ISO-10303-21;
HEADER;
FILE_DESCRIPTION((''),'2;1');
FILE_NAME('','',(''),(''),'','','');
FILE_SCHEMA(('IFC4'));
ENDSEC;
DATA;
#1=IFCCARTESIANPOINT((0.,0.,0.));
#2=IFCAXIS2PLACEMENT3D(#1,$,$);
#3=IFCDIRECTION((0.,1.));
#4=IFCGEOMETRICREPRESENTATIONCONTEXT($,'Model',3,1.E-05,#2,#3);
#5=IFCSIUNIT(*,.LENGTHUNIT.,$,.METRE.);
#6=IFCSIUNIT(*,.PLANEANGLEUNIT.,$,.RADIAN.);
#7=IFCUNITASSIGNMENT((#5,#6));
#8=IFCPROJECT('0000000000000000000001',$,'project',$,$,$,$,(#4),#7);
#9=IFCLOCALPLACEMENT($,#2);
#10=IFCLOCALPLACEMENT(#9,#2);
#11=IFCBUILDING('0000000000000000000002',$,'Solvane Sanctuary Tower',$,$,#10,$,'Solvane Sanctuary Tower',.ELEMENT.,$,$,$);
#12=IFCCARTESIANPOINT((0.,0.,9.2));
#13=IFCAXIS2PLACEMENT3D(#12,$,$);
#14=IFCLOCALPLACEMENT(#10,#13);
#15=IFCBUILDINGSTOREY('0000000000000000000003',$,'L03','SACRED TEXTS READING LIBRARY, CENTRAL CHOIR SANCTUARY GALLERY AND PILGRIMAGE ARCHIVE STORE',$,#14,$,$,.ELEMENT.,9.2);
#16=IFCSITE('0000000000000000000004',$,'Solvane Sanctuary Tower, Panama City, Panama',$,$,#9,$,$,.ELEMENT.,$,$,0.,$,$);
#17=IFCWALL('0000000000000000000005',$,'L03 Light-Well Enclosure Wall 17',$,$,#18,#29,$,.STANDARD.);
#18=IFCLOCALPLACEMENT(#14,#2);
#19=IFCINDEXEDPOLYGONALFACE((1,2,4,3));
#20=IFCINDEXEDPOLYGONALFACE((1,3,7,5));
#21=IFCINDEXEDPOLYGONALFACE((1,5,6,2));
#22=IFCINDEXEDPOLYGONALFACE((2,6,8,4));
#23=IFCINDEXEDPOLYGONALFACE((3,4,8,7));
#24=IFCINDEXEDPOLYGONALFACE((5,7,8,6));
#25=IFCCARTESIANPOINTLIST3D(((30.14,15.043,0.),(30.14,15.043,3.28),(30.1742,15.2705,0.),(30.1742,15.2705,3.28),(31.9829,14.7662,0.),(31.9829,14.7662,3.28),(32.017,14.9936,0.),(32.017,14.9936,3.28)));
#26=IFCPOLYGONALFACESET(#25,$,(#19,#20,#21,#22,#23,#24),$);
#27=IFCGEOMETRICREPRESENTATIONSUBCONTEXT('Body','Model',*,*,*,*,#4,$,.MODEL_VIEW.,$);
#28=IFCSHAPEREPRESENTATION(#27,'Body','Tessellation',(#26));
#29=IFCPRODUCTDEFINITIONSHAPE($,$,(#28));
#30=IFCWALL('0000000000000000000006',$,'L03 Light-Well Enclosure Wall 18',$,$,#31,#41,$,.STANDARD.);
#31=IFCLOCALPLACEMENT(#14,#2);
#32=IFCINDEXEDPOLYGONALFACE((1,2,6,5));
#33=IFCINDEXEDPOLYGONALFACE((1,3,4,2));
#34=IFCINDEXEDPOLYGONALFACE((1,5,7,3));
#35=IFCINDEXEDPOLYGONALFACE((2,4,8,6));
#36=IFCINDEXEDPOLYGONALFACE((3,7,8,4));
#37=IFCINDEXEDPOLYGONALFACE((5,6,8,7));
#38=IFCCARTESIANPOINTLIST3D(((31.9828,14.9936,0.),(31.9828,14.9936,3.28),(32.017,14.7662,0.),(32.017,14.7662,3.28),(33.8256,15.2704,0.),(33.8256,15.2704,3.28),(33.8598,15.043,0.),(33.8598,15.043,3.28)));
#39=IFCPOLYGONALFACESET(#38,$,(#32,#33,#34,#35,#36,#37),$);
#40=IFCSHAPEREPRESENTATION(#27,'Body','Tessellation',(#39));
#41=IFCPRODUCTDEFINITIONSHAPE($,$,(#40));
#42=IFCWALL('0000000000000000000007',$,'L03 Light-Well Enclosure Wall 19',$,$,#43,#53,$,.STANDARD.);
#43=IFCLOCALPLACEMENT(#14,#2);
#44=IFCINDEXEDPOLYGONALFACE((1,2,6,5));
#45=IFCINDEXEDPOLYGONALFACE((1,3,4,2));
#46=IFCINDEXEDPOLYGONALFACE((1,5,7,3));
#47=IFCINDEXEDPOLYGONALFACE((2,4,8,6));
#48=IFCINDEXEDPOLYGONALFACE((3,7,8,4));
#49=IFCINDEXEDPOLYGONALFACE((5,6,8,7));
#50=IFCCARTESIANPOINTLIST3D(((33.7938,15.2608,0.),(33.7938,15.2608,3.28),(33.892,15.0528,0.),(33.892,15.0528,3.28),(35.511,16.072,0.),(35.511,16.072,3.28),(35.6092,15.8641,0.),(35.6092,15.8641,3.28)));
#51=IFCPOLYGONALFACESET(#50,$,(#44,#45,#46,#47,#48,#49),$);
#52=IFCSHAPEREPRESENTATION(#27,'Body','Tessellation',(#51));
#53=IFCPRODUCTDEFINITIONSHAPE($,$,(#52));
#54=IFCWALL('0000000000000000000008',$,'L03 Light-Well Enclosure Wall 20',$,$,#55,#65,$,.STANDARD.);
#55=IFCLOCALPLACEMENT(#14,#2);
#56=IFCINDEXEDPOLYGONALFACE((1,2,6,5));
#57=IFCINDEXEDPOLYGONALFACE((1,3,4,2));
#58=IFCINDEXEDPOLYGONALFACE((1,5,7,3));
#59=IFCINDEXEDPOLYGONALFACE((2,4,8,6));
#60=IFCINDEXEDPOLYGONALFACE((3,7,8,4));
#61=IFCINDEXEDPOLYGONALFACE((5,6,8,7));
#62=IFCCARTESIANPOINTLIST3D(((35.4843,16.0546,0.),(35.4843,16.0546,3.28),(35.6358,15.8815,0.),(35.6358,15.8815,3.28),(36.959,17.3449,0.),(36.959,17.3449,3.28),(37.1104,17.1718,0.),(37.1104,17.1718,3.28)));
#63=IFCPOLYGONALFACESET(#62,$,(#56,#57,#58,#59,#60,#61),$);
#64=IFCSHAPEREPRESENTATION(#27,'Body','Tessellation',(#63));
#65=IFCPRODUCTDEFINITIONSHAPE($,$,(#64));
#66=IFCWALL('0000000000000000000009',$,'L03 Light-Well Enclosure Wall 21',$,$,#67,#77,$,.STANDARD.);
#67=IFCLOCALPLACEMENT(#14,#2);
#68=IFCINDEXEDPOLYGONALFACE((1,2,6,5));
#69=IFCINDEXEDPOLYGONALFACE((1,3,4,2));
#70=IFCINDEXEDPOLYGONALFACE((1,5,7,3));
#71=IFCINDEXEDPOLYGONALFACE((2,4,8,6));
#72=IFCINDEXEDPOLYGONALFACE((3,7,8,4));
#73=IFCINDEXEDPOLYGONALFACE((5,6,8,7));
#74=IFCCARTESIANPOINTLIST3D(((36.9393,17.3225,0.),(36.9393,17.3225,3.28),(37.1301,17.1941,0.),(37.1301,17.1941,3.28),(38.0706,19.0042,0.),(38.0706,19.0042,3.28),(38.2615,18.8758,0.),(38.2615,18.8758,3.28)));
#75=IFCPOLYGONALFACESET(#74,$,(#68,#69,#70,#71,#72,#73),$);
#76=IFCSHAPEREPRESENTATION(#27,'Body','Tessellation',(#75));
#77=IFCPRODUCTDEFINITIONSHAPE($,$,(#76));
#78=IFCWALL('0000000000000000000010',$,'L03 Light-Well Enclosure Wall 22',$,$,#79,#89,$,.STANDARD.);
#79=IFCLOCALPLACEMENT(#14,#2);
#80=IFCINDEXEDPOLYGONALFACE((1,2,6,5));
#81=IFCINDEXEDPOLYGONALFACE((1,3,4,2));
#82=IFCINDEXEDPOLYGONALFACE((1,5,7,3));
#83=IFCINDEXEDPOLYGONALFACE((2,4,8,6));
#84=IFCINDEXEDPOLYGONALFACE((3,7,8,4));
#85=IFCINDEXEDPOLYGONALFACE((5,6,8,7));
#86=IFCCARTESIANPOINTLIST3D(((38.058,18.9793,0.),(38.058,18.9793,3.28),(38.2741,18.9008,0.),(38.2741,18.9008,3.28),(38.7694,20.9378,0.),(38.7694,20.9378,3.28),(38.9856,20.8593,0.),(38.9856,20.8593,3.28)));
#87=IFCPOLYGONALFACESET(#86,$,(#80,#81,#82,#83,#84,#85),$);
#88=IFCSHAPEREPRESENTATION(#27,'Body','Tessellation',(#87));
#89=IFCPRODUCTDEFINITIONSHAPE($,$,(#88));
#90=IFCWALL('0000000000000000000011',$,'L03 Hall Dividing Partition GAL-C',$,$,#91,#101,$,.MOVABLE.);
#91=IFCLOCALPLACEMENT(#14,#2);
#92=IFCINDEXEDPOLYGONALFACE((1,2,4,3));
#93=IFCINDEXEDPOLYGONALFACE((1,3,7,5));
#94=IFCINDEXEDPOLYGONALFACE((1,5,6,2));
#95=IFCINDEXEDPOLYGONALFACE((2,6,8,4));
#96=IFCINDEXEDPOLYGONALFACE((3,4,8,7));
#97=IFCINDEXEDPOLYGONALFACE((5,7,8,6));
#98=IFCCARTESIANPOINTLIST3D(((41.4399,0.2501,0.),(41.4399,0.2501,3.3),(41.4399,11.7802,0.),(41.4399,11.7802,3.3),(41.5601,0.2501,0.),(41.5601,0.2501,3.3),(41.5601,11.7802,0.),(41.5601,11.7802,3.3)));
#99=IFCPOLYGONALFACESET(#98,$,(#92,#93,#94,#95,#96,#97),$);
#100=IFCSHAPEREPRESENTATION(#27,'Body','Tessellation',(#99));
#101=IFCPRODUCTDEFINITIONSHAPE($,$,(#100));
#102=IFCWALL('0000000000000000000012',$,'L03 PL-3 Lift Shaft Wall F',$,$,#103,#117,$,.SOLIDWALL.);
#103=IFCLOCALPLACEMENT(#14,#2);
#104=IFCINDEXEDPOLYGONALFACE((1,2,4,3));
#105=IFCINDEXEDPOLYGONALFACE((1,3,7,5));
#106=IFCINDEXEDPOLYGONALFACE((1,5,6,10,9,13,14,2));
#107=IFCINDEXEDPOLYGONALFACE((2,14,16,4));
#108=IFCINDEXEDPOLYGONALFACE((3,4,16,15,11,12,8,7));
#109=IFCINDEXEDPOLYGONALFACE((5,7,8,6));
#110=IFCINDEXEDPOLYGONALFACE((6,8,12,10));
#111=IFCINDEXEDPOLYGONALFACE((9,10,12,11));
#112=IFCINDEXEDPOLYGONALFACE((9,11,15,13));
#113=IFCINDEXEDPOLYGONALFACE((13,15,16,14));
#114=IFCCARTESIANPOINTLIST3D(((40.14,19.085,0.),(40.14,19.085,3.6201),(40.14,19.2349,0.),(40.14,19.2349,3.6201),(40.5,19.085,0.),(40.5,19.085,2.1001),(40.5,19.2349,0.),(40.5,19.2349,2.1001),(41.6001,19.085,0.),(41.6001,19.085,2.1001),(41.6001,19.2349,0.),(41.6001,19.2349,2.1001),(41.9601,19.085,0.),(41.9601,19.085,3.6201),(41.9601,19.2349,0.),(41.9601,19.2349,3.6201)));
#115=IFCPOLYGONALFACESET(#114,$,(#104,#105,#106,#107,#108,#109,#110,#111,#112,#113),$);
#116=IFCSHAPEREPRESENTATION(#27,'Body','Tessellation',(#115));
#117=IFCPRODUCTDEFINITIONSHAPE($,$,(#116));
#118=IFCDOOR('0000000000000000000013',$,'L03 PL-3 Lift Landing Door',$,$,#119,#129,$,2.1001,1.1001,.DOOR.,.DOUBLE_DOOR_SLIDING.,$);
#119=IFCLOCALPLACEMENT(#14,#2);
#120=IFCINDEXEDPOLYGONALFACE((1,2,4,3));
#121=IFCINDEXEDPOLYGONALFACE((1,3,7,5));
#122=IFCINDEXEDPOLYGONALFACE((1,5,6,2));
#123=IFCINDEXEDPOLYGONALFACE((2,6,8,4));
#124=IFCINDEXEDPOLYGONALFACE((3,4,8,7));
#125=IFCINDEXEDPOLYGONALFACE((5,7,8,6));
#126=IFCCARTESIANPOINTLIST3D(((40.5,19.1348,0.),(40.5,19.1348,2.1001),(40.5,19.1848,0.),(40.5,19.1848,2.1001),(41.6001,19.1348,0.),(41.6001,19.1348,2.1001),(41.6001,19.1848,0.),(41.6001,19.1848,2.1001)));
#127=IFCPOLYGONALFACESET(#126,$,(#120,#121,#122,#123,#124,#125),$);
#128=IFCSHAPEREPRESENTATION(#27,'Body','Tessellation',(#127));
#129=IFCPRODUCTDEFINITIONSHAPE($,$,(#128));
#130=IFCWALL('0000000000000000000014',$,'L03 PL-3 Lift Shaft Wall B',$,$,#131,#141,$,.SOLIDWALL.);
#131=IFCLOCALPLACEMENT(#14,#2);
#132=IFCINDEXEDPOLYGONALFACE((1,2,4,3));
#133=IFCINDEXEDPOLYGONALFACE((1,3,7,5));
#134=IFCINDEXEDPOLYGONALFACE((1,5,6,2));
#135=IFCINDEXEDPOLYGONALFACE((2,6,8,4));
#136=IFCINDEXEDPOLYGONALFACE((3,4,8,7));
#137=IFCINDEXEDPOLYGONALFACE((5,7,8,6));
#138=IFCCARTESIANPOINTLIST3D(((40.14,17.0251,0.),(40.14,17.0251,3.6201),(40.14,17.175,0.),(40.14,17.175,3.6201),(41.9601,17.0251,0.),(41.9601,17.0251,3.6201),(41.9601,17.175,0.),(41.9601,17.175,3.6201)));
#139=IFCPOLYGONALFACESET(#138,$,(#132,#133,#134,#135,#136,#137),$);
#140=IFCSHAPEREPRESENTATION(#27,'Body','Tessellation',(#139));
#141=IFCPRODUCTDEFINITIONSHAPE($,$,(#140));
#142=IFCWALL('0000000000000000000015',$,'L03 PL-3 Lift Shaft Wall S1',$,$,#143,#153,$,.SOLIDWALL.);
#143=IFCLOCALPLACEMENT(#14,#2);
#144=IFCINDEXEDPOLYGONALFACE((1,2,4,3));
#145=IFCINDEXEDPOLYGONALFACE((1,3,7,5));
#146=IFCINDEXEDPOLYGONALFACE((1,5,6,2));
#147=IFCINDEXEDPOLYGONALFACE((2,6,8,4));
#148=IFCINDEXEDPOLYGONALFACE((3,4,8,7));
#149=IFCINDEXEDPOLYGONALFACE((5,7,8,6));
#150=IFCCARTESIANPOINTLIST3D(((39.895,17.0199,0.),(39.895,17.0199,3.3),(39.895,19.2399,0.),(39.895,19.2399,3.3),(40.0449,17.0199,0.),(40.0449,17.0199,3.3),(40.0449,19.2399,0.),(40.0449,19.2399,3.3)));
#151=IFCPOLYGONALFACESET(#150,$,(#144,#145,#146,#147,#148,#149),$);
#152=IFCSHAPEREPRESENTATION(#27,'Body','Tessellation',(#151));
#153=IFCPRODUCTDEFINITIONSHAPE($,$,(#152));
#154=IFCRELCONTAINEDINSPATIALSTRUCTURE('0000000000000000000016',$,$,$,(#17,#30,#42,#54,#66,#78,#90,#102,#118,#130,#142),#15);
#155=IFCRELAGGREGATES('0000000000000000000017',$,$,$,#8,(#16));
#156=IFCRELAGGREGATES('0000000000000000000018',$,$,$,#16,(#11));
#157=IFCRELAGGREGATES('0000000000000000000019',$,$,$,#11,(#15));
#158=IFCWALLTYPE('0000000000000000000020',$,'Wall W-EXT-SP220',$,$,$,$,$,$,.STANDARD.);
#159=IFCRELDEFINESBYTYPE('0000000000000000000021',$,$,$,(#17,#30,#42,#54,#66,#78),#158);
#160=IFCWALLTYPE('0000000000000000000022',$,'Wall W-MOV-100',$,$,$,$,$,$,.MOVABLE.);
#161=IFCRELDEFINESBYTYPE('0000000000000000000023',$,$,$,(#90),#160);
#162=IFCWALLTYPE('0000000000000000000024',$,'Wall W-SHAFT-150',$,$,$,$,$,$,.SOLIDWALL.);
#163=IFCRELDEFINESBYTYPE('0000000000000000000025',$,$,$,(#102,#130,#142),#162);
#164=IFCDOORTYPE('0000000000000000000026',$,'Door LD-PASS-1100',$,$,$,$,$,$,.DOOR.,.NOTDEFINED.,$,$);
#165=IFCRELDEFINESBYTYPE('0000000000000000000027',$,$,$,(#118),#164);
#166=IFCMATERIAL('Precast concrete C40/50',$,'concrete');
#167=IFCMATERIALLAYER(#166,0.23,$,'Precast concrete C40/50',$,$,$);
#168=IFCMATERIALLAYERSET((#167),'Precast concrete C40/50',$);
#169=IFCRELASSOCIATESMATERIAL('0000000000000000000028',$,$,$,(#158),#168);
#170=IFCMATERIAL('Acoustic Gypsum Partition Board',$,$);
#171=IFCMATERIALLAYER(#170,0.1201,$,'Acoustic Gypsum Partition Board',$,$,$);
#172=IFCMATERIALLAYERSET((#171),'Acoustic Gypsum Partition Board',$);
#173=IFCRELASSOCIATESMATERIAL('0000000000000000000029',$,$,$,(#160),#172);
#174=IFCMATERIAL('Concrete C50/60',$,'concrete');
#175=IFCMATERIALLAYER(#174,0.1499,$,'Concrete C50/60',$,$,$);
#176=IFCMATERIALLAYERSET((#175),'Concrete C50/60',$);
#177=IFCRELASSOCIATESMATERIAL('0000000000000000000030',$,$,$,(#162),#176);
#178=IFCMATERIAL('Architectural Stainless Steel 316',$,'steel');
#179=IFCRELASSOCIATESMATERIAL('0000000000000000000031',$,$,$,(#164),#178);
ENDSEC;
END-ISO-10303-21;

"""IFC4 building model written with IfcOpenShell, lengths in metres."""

from ifc_helpers import new_model, si_unit, direction, frame, frame_2d, origin, place, context, subcontext, project, spatial, rectangle, extrude, material, layer, layer_set, type_object, element, fill, save


model = new_model("IFC4")

# Units and contexts
model_context = context("Model", 3, precision=1e-05, world=origin(), true_north=direction((0.0, 1.0)))
body_context = subcontext(model_context, "Body", "Model", "MODEL_VIEW")
ifc_project = project(units=[si_unit("LENGTHUNIT", "METRE"), si_unit("PLANEANGLEUNIT", "RADIAN")], contexts=[model_context])

# Site, building, storey
site_placement = place(None, origin())
site = spatial("IfcSite", under=ifc_project, at=site_placement, Name="Solvane Sanctuary Tower, Panama City, Panama", CompositionType="ELEMENT", RefElevation=0.0)
building_placement = place(site_placement, origin())
building = spatial("IfcBuilding", under=site, at=building_placement, Name="Solvane Sanctuary Tower", LongName="Solvane Sanctuary Tower", CompositionType="ELEMENT")
storey_placement = place(building_placement, frame((0.0, 0.0, 9.2)))
storey = spatial("IfcBuildingStorey", under=building, at=storey_placement, Name="L03", Description="SACRED TEXTS READING LIBRARY, CENTRAL CHOIR SANCTUARY GALLERY AND PILGRIMAGE ARCHIVE STORE", CompositionType="ELEMENT", Elevation=9.2)

# Walls
ifc_material_1 = material(Name="Precast concrete C40/50", Category="concrete")
ifc_layer_1 = layer(ifc_material_1, 0.23, Name="Precast concrete C40/50")
ifc_layer_set_1 = layer_set([ifc_layer_1], Name="Precast concrete C40/50")
wall_type_1 = type_object("IfcWallType", Name="Wall W-EXT-SP220", PredefinedType="STANDARD", material=ifc_layer_set_1)
for number, where, z_axis, x_axis, name in (
    (1, (30.1572, 15.1567, 0.0), (0.0, 0.0, 1.0), (0.988902, -0.148571, 0.0), "L03 Light-Well Enclosure Wall 17"),
    (2, (32.0, 14.8799, 0.0), (0.0, 0.0, 1.0), (0.988902, 0.148571, 0.0), "L03 Light-Well Enclosure Wall 18"),
):
    element("IfcWall", number, at=place(storey_placement, frame(where, z_axis=z_axis, x_axis=x_axis)), inside=storey, type_object=wall_type_1, Name=name, PredefinedType="STANDARD", context=body_context, shape_type="SweptSolid", body=[
        extrude(rectangle(XDim=1.8635, YDim=0.23, at=frame_2d((0.9316, 0.0))), origin(), (0.0, 0.0, 1.0), 3.28),
    ])
wall_1_placement = place(storey_placement, frame((33.8428, 15.1567, 0.0), z_axis=(0.0, 0.0, 1.0), x_axis=(0.90418, 0.427152, 0.0)))
element("IfcWall", 3, at=wall_1_placement, inside=storey, type_object=wall_type_1, Name="L03 Light-Well Enclosure Wall 19", PredefinedType="STANDARD", context=body_context, shape_type="SweptSolid", body=[
    extrude(rectangle(XDim=1.8992, YDim=0.23, at=frame_2d((0.9497, 0.0))), origin(), (0.0, 0.0, 1.0), 3.28),
])
wall_2_placement = place(storey_placement, frame((35.5601, 15.968, 0.0), z_axis=(0.0, 0.0, 1.0), x_axis=(0.752577, 0.658505, 0.0)))
element("IfcWall", 4, at=wall_2_placement, inside=storey, type_object=wall_type_1, Name="L03 Light-Well Enclosure Wall 20", PredefinedType="STANDARD", context=body_context, shape_type="SweptSolid", body=[
    extrude(rectangle(XDim=1.9595, YDim=0.23, at=frame_2d((0.9797, 0.0))), origin(), (0.0, 0.0, 1.0), 3.28),
])
wall_3_placement = place(storey_placement, frame((37.0347, 17.2583, 0.0), z_axis=(0.0, 0.0, 1.0), x_axis=(0.558198, 0.829708, 0.0)))
element("IfcWall", 5, at=wall_3_placement, inside=storey, type_object=wall_type_1, Name="L03 Light-Well Enclosure Wall 21", PredefinedType="STANDARD", context=body_context, shape_type="SweptSolid", body=[
    extrude(rectangle(XDim=2.0269, YDim=0.23, at=frame_2d((1.0134, 0.0))), origin(), (0.0, 0.0, 1.0), 3.28),
])
wall_4_placement = place(storey_placement, frame((38.166, 18.9399, 0.0), z_axis=(0.0, 0.0, 1.0), x_axis=(0.341423, 0.93991, 0.0)))
element("IfcWall", 6, at=wall_4_placement, inside=storey, type_object=wall_type_1, Name="L03 Light-Well Enclosure Wall 22", PredefinedType="STANDARD", context=body_context, shape_type="SweptSolid", body=[
    extrude(rectangle(XDim=2.0837, YDim=0.23, at=frame_2d((1.042, 0.0))), origin(), (0.0, 0.0, 1.0), 3.28),
])
ifc_material_2 = material(Name="Acoustic Gypsum Partition Board")
ifc_layer_2 = layer(ifc_material_2, 0.1201, Name="Acoustic Gypsum Partition Board")
ifc_layer_set_2 = layer_set([ifc_layer_2], Name="Acoustic Gypsum Partition Board")
wall_type_2 = type_object("IfcWallType", Name="Wall W-MOV-100", PredefinedType="MOVABLE", material=ifc_layer_set_2)
wall_5_placement = place(storey_placement, frame((41.5, 0.25, 0.0), z_axis=(0.0, 0.0, 1.0), x_axis=(0.0, 1.0, 0.0)))
element("IfcWall", 7, at=wall_5_placement, inside=storey, type_object=wall_type_2, Name="L03 Hall Dividing Partition GAL-C", PredefinedType="MOVABLE", context=body_context, shape_type="SweptSolid", body=[
    extrude(rectangle(XDim=11.53, YDim=0.1201, at=frame_2d((5.7651, 0.0))), origin(), (0.0, 0.0, 1.0), 3.3),
])

# Wall, opening, door
ifc_material_3 = material(Name="Concrete C50/60", Category="concrete")
ifc_layer_3 = layer(ifc_material_3, 0.1499, Name="Concrete C50/60")
ifc_layer_set_3 = layer_set([ifc_layer_3], Name="Concrete C50/60")
wall_type_3 = type_object("IfcWallType", Name="Wall W-SHAFT-150", PredefinedType="SOLIDWALL", material=ifc_layer_set_3)
wall_6_placement = place(storey_placement, frame((40.1399, 19.1599, 0.0), z_axis=(0.0, 0.0, 1.0), x_axis=(1.0, 0.0, 0.0)))
wall_6 = element("IfcWall", 8, at=wall_6_placement, inside=storey, type_object=wall_type_3, Name="L03 PL-3 Lift Shaft Wall F", PredefinedType="SOLIDWALL", context=body_context, shape_type="SweptSolid", body=[
    extrude(rectangle(XDim=1.8201, YDim=0.1499, at=frame_2d((0.9102, 0.0))), origin(), (0.0, 0.0, 1.0), 3.6201),
])
opening_placement = place(wall_6_placement, frame((0.3601, 0.0, 0.0)))
opening = element("IfcOpeningElement", 9, at=opening_placement, cuts=wall_6, PredefinedType="OPENING", context=body_context, shape_type="SweptSolid", body=[
    extrude(rectangle(XDim=1.1001, YDim=2.1001, at=frame_2d((0.55, 1.05))), frame((0.0, 0.085, 0.0), z_axis=(0.0, -1.0, 0.0), x_axis=(1.0, 0.0, 0.0)), (0.0, 0.0, 1.0), 0.1699),
])
ifc_material_4 = material(Name="Architectural Stainless Steel 316", Category="steel")
door_type = type_object("IfcDoorType", Name="Door LD-PASS-1100", OperationType="NOTDEFINED", PredefinedType="DOOR", material=ifc_material_4)
door_placement = place(opening_placement, origin())
door = element("IfcDoor", 10, at=door_placement, inside=storey, type_object=door_type, Name="L03 PL-3 Lift Landing Door", OperationType="DOUBLE_DOOR_SLIDING", OverallHeight=2.1001, OverallWidth=1.1001, PredefinedType="DOOR", context=body_context, shape_type="SweptSolid", body=[
    extrude(rectangle(XDim=1.1001, YDim=2.1001, at=frame_2d((0.55, 1.05))), frame((0.0, 0.0249, 0.0), z_axis=(0.0, -1.0, 0.0), x_axis=(1.0, 0.0, 0.0)), (0.0, 0.0, 1.0), 0.05),
])
fill(opening, door)

# Walls
wall_7_placement = place(storey_placement, frame((40.1399, 17.1001, 0.0), z_axis=(0.0, 0.0, 1.0), x_axis=(1.0, 0.0, 0.0)))
element("IfcWall", 11, at=wall_7_placement, inside=storey, type_object=wall_type_3, Name="L03 PL-3 Lift Shaft Wall B", PredefinedType="SOLIDWALL", context=body_context, shape_type="SweptSolid", body=[
    extrude(rectangle(XDim=1.8201, YDim=0.1499, at=frame_2d((0.9102, 0.0))), origin(), (0.0, 0.0, 1.0), 3.6201),
])
wall_8_placement = place(storey_placement, frame((39.97, 17.02, 0.0), z_axis=(0.0, 0.0, 1.0), x_axis=(0.0, 1.0, 0.0)))
element("IfcWall", 12, at=wall_8_placement, inside=storey, type_object=wall_type_3, Name="L03 PL-3 Lift Shaft Wall S1", PredefinedType="SOLIDWALL", context=body_context, shape_type="SweptSolid", body=[
    extrude(rectangle(XDim=2.22, YDim=0.1499, at=frame_2d((1.1099, 0.0))), origin(), (0.0, 0.0, 1.0), 3.3),
])

save(model, "model.ifc")
